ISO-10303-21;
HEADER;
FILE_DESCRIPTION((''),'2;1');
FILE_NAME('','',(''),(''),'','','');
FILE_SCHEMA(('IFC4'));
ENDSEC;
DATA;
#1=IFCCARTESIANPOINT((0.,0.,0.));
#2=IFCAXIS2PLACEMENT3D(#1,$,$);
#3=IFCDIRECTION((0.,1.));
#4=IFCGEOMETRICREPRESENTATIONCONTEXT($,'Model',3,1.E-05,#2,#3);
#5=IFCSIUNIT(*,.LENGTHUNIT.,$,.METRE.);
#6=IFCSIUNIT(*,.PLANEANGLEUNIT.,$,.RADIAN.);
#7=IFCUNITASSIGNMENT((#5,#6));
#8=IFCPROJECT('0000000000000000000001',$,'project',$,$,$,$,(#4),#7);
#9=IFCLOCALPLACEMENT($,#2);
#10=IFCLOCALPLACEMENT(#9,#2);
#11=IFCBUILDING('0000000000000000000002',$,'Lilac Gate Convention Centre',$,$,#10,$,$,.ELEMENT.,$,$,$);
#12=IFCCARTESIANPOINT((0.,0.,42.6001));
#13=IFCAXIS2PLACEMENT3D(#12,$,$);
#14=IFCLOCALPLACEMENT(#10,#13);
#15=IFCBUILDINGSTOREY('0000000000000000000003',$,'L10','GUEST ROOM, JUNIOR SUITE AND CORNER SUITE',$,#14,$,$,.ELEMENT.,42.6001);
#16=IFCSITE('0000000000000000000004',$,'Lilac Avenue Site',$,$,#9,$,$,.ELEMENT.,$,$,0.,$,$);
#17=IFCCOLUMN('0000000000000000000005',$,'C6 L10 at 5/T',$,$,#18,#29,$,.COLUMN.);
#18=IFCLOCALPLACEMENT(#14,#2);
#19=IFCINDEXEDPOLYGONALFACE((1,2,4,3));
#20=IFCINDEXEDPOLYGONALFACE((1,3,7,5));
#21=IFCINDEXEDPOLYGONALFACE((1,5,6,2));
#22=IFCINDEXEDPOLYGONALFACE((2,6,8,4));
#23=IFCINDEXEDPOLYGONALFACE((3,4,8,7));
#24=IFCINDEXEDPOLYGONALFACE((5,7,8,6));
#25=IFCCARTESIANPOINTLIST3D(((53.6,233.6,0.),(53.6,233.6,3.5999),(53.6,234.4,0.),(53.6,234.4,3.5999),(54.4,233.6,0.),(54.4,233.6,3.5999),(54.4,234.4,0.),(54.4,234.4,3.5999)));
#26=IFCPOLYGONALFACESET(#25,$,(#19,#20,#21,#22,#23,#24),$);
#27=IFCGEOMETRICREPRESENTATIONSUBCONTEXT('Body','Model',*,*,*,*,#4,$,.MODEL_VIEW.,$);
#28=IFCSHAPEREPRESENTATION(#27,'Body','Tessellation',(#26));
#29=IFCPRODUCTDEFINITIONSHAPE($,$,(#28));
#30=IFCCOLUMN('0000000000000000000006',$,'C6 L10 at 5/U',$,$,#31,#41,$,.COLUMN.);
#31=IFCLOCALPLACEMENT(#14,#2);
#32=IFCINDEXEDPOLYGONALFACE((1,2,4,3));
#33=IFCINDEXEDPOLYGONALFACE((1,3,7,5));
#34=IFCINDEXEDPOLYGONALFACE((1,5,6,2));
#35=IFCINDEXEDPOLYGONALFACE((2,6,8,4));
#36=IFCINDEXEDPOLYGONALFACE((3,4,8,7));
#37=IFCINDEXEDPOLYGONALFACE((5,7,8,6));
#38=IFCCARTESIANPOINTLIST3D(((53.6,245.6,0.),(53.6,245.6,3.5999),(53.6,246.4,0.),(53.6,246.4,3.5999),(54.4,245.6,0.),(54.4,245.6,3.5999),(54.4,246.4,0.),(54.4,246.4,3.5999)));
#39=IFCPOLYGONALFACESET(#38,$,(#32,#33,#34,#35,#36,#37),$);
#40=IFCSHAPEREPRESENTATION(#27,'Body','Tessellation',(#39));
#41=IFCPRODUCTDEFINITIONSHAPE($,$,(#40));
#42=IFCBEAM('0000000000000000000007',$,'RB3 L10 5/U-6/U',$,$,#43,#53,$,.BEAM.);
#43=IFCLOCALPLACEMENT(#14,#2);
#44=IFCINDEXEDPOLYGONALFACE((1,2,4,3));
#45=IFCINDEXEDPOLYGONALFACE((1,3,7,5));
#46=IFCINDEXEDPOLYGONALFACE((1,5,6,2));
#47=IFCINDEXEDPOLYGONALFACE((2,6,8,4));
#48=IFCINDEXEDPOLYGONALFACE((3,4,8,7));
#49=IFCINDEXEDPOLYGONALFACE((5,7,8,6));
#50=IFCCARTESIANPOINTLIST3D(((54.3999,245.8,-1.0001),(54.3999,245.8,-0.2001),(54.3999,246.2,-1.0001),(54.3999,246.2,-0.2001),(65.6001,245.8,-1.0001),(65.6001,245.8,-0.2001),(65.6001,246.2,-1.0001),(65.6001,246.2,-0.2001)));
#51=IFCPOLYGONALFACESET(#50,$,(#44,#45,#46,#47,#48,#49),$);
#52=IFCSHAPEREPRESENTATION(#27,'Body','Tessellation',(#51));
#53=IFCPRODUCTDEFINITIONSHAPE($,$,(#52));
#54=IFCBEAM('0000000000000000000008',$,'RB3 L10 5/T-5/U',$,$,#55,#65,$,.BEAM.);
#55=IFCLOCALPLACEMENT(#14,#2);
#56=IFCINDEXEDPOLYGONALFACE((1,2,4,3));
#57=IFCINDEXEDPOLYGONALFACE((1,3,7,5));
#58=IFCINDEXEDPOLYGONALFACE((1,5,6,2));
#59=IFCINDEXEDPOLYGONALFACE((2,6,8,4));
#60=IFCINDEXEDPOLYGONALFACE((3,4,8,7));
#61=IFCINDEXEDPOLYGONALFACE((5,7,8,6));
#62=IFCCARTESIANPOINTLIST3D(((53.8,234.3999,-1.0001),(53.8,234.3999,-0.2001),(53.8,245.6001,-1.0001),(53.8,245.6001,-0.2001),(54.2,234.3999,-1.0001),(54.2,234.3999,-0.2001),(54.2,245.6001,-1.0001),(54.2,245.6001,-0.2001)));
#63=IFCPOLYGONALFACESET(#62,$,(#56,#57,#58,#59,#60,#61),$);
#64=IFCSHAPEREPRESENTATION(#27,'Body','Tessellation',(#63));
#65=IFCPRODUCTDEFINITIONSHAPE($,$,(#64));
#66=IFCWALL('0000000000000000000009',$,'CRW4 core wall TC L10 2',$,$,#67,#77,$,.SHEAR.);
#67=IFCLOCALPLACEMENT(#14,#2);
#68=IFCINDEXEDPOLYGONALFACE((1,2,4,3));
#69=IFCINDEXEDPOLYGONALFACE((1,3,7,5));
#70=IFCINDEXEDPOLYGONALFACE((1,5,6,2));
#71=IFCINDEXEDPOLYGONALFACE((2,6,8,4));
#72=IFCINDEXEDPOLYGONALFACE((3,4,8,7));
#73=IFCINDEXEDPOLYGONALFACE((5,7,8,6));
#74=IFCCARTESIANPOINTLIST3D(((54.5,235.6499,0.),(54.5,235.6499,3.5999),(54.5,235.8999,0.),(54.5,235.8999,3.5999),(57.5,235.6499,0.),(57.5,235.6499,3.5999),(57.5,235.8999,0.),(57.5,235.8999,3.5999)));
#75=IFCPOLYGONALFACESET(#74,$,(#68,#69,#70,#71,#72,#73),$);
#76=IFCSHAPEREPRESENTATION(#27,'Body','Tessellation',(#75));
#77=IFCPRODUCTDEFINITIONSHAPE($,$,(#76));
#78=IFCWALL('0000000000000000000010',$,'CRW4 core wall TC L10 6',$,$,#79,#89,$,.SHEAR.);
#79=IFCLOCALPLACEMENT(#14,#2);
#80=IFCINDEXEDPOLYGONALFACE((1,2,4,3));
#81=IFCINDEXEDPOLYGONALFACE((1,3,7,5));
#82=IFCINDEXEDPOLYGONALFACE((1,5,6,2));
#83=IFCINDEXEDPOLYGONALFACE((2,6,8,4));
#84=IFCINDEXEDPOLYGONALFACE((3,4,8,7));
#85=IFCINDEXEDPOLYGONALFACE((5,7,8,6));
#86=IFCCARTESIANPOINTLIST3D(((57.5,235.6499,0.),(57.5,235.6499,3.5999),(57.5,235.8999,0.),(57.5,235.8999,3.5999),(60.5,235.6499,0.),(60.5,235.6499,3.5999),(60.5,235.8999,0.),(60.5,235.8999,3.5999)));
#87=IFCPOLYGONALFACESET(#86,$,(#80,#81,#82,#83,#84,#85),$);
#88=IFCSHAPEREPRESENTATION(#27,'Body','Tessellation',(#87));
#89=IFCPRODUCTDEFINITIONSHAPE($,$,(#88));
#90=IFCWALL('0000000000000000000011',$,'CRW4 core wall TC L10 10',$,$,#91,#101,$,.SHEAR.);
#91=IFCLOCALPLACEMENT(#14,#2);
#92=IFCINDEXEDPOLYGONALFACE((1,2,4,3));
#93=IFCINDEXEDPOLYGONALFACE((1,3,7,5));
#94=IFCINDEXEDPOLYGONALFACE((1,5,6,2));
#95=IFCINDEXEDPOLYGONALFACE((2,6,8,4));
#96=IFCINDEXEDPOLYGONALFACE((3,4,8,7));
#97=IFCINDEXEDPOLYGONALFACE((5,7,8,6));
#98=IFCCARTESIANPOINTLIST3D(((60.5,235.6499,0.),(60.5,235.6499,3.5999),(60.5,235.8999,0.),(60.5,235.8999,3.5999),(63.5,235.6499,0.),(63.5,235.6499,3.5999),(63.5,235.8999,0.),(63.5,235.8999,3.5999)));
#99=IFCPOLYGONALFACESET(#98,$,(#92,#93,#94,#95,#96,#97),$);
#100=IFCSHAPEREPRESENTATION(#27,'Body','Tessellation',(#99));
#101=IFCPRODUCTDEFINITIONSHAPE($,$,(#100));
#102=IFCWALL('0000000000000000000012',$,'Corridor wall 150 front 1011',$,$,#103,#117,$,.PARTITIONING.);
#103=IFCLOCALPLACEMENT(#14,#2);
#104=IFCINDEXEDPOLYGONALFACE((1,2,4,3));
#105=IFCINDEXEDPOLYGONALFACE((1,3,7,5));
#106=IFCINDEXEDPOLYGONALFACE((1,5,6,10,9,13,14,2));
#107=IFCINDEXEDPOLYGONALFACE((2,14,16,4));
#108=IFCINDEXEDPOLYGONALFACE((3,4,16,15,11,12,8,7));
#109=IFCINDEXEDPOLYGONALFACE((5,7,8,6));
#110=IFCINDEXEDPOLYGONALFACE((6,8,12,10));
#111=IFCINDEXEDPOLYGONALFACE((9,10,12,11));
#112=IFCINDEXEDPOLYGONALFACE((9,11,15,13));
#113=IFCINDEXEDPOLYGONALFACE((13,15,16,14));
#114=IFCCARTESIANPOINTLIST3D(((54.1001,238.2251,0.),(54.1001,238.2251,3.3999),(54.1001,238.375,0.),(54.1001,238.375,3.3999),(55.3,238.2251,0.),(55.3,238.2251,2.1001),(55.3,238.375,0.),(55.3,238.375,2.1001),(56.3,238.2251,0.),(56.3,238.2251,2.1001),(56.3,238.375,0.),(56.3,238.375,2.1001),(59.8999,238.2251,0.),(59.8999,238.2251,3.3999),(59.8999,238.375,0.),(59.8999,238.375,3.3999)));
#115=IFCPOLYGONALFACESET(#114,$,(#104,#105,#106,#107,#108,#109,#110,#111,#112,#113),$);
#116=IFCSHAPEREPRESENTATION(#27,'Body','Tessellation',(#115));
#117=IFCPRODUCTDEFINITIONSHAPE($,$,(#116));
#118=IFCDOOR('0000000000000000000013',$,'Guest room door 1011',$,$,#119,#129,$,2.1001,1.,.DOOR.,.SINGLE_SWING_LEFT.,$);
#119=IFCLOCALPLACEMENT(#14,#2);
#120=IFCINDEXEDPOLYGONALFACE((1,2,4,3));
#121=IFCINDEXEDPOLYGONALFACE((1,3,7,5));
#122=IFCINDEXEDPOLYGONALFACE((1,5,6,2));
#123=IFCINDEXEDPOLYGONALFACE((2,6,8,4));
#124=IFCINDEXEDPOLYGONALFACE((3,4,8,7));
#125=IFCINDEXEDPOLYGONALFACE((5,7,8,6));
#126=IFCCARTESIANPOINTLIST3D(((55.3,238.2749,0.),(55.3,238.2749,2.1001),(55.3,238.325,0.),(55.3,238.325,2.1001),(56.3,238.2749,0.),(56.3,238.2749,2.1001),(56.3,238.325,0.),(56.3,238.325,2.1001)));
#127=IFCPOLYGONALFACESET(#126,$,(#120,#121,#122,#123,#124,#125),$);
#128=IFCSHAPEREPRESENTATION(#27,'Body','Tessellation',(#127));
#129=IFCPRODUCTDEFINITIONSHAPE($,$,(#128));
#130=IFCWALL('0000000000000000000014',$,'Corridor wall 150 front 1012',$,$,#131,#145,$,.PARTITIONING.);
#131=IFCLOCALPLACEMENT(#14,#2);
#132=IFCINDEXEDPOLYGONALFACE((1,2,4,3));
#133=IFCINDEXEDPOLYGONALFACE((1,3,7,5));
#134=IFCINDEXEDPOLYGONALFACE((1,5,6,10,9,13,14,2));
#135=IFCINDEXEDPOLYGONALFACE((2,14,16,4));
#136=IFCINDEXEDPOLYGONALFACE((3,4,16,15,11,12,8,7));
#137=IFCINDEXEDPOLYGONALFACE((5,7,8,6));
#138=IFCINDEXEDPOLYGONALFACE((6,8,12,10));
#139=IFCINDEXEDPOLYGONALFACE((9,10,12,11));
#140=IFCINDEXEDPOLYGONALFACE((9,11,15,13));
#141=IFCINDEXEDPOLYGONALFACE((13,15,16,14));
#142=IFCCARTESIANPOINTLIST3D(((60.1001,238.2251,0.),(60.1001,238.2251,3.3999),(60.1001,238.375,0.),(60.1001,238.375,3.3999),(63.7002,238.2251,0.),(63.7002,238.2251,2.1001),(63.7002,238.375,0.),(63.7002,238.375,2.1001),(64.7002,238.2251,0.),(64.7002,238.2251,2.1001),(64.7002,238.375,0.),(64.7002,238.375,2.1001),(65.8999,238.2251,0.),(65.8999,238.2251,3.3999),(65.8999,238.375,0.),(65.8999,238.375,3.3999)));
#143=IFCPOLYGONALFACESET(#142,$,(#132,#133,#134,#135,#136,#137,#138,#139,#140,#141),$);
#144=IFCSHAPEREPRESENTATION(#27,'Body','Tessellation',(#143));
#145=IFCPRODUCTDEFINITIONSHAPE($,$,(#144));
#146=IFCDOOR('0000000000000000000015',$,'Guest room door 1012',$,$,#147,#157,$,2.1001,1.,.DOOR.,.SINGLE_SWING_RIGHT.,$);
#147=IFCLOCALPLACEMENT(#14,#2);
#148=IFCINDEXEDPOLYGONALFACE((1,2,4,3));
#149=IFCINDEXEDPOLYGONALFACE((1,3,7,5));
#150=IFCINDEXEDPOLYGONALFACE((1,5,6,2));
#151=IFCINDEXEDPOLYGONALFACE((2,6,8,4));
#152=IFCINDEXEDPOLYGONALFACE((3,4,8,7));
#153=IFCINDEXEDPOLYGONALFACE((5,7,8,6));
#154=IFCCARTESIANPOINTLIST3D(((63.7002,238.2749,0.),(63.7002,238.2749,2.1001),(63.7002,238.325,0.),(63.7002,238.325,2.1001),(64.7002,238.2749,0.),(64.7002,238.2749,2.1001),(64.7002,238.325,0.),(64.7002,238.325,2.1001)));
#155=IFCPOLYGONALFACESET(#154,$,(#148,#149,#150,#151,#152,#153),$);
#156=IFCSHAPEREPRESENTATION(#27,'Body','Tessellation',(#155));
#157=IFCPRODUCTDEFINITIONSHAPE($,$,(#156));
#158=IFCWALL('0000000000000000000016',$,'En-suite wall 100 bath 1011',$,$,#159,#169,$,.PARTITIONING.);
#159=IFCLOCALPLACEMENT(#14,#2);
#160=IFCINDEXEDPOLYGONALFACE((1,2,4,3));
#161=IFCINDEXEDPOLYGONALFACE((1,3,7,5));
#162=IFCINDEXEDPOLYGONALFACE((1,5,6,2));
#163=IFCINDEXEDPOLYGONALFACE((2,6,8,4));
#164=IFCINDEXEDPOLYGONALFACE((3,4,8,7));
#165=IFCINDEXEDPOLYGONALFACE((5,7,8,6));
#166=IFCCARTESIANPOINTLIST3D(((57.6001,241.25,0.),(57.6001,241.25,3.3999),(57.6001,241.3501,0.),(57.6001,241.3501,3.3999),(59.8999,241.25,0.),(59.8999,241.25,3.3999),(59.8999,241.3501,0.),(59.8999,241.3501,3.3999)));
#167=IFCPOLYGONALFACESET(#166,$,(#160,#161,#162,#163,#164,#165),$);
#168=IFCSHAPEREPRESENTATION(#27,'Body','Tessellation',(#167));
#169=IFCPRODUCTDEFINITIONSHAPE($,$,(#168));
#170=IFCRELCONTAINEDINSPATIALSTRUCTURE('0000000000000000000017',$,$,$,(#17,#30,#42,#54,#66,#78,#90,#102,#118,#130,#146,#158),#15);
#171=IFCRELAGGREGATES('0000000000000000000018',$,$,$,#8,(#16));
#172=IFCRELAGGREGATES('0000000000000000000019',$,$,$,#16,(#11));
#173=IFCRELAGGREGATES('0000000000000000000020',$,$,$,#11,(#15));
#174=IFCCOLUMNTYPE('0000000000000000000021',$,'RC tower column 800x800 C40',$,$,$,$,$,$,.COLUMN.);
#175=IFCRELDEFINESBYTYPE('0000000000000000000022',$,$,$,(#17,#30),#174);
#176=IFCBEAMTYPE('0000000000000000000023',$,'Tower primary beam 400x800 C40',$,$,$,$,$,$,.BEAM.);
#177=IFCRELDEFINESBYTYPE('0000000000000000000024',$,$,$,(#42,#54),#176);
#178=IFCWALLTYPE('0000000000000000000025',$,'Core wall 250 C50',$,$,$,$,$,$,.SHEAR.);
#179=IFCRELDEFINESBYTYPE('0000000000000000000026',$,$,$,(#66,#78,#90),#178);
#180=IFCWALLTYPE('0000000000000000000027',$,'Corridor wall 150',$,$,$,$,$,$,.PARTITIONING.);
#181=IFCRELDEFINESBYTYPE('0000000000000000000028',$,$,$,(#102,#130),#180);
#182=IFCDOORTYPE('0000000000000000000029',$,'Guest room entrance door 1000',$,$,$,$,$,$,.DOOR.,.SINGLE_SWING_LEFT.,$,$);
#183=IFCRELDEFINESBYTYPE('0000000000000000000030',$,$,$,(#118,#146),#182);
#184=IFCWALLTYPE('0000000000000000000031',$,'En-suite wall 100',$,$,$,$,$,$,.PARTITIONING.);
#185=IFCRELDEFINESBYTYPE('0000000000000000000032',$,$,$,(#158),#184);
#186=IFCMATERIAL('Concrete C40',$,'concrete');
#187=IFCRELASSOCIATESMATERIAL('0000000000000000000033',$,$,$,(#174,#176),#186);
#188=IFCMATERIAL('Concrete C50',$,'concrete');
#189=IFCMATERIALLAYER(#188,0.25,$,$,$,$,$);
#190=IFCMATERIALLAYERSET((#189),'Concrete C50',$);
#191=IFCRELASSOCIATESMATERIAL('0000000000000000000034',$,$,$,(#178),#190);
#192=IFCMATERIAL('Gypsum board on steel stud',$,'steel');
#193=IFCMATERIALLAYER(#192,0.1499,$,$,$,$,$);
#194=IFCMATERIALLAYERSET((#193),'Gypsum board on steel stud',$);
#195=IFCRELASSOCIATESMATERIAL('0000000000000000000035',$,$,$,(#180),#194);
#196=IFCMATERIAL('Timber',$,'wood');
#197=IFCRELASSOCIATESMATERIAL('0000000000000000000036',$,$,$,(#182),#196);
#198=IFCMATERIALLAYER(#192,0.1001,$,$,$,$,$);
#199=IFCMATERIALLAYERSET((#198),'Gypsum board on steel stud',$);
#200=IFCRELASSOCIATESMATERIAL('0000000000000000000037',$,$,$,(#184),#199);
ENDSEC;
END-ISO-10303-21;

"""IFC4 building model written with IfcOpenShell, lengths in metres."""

from ifc_helpers import new_model, si_unit, direction, frame, frame_2d, origin, origin_2d, place, context, subcontext, project, spatial, rectangle, extrude, material, layer, layer_set, material_profile, profile_set, type_object, element, fill, save


model = new_model("IFC4")

# Units and contexts
model_context = context("Model", 3, precision=1e-05, world=origin(), true_north=direction((0.0, 1.0)))
body_context = subcontext(model_context, "Body", "Model", "MODEL_VIEW")
ifc_project = project(units=[si_unit("LENGTHUNIT", "METRE"), si_unit("PLANEANGLEUNIT", "RADIAN")], contexts=[model_context])

# Site, building, storey
site_placement = place(None, origin())
site = spatial("IfcSite", under=ifc_project, at=site_placement, Name="Lilac Avenue Site", CompositionType="ELEMENT", RefElevation=0.0)
building_placement = place(site_placement, origin())
building = spatial("IfcBuilding", under=site, at=building_placement, Name="Lilac Gate Convention Centre", CompositionType="ELEMENT")
storey_placement = place(building_placement, frame((0.0, 0.0, 42.6001)))
storey = spatial("IfcBuildingStorey", under=building, at=storey_placement, Name="L10", Description="GUEST ROOM, JUNIOR SUITE AND CORNER SUITE", CompositionType="ELEMENT", Elevation=42.6001)

# Columns
ifc_material_1 = material(Name="Concrete C40", Category="concrete")
ifc_material_profile_1 = material_profile(ifc_material_1, rectangle(XDim=0.8, YDim=0.8, at=origin_2d()), Name="RC 800x800")
ifc_profile_set_1 = profile_set([ifc_material_profile_1], Name="Concrete C40")
column_type = type_object("IfcColumnType", Name="RC tower column 800x800 C40", PredefinedType="COLUMN", material=ifc_profile_set_1)
for number, where, z_axis, x_axis, name in (
    (1, (54.0, 234.0, 0.0), (0.0, 0.0, 1.0), (1.0, 0.0, 0.0), "C6 L10 at 5/T"),
    (2, (54.0, 246.0, 0.0), (0.0, 0.0, 1.0), (1.0, 0.0, 0.0), "C6 L10 at 5/U"),
):
    element("IfcColumn", number, at=place(storey_placement, frame(where, z_axis=z_axis, x_axis=x_axis)), inside=storey, type_object=column_type, Name=name, PredefinedType="COLUMN", context=body_context, shape_type="SweptSolid", body=[
        extrude(rectangle(XDim=0.8, YDim=0.8, at=origin_2d()), origin(), (0.0, 0.0, 1.0), 3.5999),
    ])

# Beams
ifc_material_profile_2 = material_profile(ifc_material_1, rectangle(XDim=0.3999, YDim=0.8, at=origin_2d()), Name="RC 400x800")
ifc_profile_set_2 = profile_set([ifc_material_profile_2], Name="Concrete C40")
beam_type = type_object("IfcBeamType", Name="Tower primary beam 400x800 C40", PredefinedType="BEAM", material=ifc_profile_set_2)
for number, where, z_axis, x_axis, name in (
    (3, (54.3999, 246.0, -0.6001), (1.0, 0.0, 0.0), (0.0, 1.0, 0.0), "RB3 L10 5/U-6/U"),
    (4, (54.0, 234.3999, -0.6001), (0.0, 1.0, 0.0), (-1.0, 0.0, 0.0), "RB3 L10 5/T-5/U"),
):
    element("IfcBeam", number, at=place(storey_placement, frame(where, z_axis=z_axis, x_axis=x_axis)), inside=storey, type_object=beam_type, Name=name, PredefinedType="BEAM", context=body_context, shape_type="SweptSolid", body=[
        extrude(rectangle(XDim=0.3999, YDim=0.8, at=origin_2d()), origin(), (0.0, 0.0, 1.0), 11.2002),
    ])

# Walls
ifc_material_2 = material(Name="Concrete C50", Category="concrete")
ifc_layer_1 = layer(ifc_material_2, 0.25)
ifc_layer_set_1 = layer_set([ifc_layer_1], Name="Concrete C50")
wall_type_1 = type_object("IfcWallType", Name="Core wall 250 C50", PredefinedType="SHEAR", material=ifc_layer_set_1)
for number, where, z_axis, x_axis, name in (
    (5, (54.5, 235.7749, 0.0), (0.0, 0.0, 1.0), (1.0, 0.0, 0.0), "CRW4 core wall TC L10 2"),
    (6, (57.5, 235.7749, 0.0), (0.0, 0.0, 1.0), (1.0, 0.0, 0.0), "CRW4 core wall TC L10 6"),
    (7, (60.5, 235.7749, 0.0), (0.0, 0.0, 1.0), (1.0, 0.0, 0.0), "CRW4 core wall TC L10 10"),
):
    element("IfcWall", number, at=place(storey_placement, frame(where, z_axis=z_axis, x_axis=x_axis)), inside=storey, type_object=wall_type_1, Name=name, PredefinedType="SHEAR", context=body_context, shape_type="SweptSolid", body=[
        extrude(rectangle(XDim=3.0, YDim=0.25, at=frame_2d((1.5, 0.0))), origin(), (0.0, 0.0, 1.0), 3.5999),
    ])

# Walls, openings, doors
ifc_material_3 = material(Name="Gypsum board on steel stud", Category="steel")
ifc_layer_2 = layer(ifc_material_3, 0.1499)
ifc_layer_set_2 = layer_set([ifc_layer_2], Name="Gypsum board on steel stud")
wall_type_2 = type_object("IfcWallType", Name="Corridor wall 150", PredefinedType="PARTITIONING", material=ifc_layer_set_2)
wall_1_placement = place(storey_placement, frame((54.1001, 238.3, 0.0), z_axis=(0.0, 0.0, 1.0), x_axis=(1.0, 0.0, 0.0)))
wall_1 = element("IfcWall", 8, at=wall_1_placement, inside=storey, type_object=wall_type_2, Name="Corridor wall 150 front 1011", PredefinedType="PARTITIONING", context=body_context, shape_type="SweptSolid", body=[
    extrude(rectangle(XDim=5.7998, YDim=0.1499, at=frame_2d((2.8999, 0.0))), origin(), (0.0, 0.0, 1.0), 3.3999),
])
opening_1_placement = place(wall_1_placement, frame((1.2, 0.0, 0.0)))
opening_1 = element("IfcOpeningElement", 9, at=opening_1_placement, cuts=wall_1, PredefinedType="OPENING", context=body_context, shape_type="SweptSolid", body=[
    extrude(rectangle(XDim=1.0, YDim=2.1001, at=frame_2d((0.5, 1.05))), frame((0.0, 0.085, 0.0), z_axis=(0.0, -1.0, 0.0), x_axis=(1.0, 0.0, 0.0)), (0.0, 0.0, 1.0), 0.1699),
])
ifc_material_4 = material(Name="Timber", Category="wood")
door_type_1 = type_object("IfcDoorType", Name="Guest room entrance door 1000", OperationType="SINGLE_SWING_LEFT", PredefinedType="DOOR", material=ifc_material_4)
door_1_placement = place(opening_1_placement, origin())
door_1 = element("IfcDoor", 10, at=door_1_placement, inside=storey, type_object=door_type_1, Name="Guest room door 1011", OperationType="SINGLE_SWING_LEFT", OverallHeight=2.1001, OverallWidth=1.0, PredefinedType="DOOR", context=body_context, shape_type="SweptSolid", body=[
    extrude(rectangle(XDim=1.0, YDim=2.1001, at=frame_2d((0.5, 1.05))), frame((0.0, 0.0249, 0.0), z_axis=(0.0, -1.0, 0.0), x_axis=(1.0, 0.0, 0.0)), (0.0, 0.0, 1.0), 0.05),
])
fill(opening_1, door_1)
wall_2_placement = place(storey_placement, frame((60.1001, 238.3, 0.0), z_axis=(0.0, 0.0, 1.0), x_axis=(1.0, 0.0, 0.0)))
wall_2 = element("IfcWall", 11, at=wall_2_placement, inside=storey, type_object=wall_type_2, Name="Corridor wall 150 front 1012", PredefinedType="PARTITIONING", context=body_context, shape_type="SweptSolid", body=[
    extrude(rectangle(XDim=5.7998, YDim=0.1499, at=frame_2d((2.8999, 0.0))), origin(), (0.0, 0.0, 1.0), 3.3999),
])
opening_2_placement = place(wall_2_placement, frame((3.6001, 0.0, 0.0)))
opening_2 = element("IfcOpeningElement", 12, at=opening_2_placement, cuts=wall_2, PredefinedType="OPENING", context=body_context, shape_type="SweptSolid", body=[
    extrude(rectangle(XDim=1.0, YDim=2.1001, at=frame_2d((0.5, 1.05))), frame((0.0, 0.085, 0.0), z_axis=(0.0, -1.0, 0.0), x_axis=(1.0, 0.0, 0.0)), (0.0, 0.0, 1.0), 0.1699),
])
door_2_placement = place(opening_2_placement, origin())
door_2 = element("IfcDoor", 13, at=door_2_placement, inside=storey, type_object=door_type_1, Name="Guest room door 1012", OperationType="SINGLE_SWING_RIGHT", OverallHeight=2.1001, OverallWidth=1.0, PredefinedType="DOOR", context=body_context, shape_type="SweptSolid", body=[
    extrude(rectangle(XDim=1.0, YDim=2.1001, at=frame_2d((0.5, 1.05))), frame((0.0, 0.0249, 0.0), z_axis=(0.0, -1.0, 0.0), x_axis=(1.0, 0.0, 0.0)), (0.0, 0.0, 1.0), 0.05),
])
fill(opening_2, door_2)

# Wall
ifc_layer_3 = layer(ifc_material_3, 0.1001)
ifc_layer_set_3 = layer_set([ifc_layer_3], Name="Gypsum board on steel stud")
wall_type_3 = type_object("IfcWallType", Name="En-suite wall 100", PredefinedType="PARTITIONING", material=ifc_layer_set_3)
wall_3_placement = place(storey_placement, frame((57.6001, 241.3, 0.0), z_axis=(0.0, 0.0, 1.0), x_axis=(1.0, 0.0, 0.0)))
element("IfcWall", 14, at=wall_3_placement, inside=storey, type_object=wall_type_3, Name="En-suite wall 100 bath 1011", PredefinedType="PARTITIONING", context=body_context, shape_type="SweptSolid", body=[
    extrude(rectangle(XDim=2.2998, YDim=0.1001, at=frame_2d((1.1499, 0.0))), origin(), (0.0, 0.0, 1.0), 3.3999),
])

save(model, "model.ifc")
